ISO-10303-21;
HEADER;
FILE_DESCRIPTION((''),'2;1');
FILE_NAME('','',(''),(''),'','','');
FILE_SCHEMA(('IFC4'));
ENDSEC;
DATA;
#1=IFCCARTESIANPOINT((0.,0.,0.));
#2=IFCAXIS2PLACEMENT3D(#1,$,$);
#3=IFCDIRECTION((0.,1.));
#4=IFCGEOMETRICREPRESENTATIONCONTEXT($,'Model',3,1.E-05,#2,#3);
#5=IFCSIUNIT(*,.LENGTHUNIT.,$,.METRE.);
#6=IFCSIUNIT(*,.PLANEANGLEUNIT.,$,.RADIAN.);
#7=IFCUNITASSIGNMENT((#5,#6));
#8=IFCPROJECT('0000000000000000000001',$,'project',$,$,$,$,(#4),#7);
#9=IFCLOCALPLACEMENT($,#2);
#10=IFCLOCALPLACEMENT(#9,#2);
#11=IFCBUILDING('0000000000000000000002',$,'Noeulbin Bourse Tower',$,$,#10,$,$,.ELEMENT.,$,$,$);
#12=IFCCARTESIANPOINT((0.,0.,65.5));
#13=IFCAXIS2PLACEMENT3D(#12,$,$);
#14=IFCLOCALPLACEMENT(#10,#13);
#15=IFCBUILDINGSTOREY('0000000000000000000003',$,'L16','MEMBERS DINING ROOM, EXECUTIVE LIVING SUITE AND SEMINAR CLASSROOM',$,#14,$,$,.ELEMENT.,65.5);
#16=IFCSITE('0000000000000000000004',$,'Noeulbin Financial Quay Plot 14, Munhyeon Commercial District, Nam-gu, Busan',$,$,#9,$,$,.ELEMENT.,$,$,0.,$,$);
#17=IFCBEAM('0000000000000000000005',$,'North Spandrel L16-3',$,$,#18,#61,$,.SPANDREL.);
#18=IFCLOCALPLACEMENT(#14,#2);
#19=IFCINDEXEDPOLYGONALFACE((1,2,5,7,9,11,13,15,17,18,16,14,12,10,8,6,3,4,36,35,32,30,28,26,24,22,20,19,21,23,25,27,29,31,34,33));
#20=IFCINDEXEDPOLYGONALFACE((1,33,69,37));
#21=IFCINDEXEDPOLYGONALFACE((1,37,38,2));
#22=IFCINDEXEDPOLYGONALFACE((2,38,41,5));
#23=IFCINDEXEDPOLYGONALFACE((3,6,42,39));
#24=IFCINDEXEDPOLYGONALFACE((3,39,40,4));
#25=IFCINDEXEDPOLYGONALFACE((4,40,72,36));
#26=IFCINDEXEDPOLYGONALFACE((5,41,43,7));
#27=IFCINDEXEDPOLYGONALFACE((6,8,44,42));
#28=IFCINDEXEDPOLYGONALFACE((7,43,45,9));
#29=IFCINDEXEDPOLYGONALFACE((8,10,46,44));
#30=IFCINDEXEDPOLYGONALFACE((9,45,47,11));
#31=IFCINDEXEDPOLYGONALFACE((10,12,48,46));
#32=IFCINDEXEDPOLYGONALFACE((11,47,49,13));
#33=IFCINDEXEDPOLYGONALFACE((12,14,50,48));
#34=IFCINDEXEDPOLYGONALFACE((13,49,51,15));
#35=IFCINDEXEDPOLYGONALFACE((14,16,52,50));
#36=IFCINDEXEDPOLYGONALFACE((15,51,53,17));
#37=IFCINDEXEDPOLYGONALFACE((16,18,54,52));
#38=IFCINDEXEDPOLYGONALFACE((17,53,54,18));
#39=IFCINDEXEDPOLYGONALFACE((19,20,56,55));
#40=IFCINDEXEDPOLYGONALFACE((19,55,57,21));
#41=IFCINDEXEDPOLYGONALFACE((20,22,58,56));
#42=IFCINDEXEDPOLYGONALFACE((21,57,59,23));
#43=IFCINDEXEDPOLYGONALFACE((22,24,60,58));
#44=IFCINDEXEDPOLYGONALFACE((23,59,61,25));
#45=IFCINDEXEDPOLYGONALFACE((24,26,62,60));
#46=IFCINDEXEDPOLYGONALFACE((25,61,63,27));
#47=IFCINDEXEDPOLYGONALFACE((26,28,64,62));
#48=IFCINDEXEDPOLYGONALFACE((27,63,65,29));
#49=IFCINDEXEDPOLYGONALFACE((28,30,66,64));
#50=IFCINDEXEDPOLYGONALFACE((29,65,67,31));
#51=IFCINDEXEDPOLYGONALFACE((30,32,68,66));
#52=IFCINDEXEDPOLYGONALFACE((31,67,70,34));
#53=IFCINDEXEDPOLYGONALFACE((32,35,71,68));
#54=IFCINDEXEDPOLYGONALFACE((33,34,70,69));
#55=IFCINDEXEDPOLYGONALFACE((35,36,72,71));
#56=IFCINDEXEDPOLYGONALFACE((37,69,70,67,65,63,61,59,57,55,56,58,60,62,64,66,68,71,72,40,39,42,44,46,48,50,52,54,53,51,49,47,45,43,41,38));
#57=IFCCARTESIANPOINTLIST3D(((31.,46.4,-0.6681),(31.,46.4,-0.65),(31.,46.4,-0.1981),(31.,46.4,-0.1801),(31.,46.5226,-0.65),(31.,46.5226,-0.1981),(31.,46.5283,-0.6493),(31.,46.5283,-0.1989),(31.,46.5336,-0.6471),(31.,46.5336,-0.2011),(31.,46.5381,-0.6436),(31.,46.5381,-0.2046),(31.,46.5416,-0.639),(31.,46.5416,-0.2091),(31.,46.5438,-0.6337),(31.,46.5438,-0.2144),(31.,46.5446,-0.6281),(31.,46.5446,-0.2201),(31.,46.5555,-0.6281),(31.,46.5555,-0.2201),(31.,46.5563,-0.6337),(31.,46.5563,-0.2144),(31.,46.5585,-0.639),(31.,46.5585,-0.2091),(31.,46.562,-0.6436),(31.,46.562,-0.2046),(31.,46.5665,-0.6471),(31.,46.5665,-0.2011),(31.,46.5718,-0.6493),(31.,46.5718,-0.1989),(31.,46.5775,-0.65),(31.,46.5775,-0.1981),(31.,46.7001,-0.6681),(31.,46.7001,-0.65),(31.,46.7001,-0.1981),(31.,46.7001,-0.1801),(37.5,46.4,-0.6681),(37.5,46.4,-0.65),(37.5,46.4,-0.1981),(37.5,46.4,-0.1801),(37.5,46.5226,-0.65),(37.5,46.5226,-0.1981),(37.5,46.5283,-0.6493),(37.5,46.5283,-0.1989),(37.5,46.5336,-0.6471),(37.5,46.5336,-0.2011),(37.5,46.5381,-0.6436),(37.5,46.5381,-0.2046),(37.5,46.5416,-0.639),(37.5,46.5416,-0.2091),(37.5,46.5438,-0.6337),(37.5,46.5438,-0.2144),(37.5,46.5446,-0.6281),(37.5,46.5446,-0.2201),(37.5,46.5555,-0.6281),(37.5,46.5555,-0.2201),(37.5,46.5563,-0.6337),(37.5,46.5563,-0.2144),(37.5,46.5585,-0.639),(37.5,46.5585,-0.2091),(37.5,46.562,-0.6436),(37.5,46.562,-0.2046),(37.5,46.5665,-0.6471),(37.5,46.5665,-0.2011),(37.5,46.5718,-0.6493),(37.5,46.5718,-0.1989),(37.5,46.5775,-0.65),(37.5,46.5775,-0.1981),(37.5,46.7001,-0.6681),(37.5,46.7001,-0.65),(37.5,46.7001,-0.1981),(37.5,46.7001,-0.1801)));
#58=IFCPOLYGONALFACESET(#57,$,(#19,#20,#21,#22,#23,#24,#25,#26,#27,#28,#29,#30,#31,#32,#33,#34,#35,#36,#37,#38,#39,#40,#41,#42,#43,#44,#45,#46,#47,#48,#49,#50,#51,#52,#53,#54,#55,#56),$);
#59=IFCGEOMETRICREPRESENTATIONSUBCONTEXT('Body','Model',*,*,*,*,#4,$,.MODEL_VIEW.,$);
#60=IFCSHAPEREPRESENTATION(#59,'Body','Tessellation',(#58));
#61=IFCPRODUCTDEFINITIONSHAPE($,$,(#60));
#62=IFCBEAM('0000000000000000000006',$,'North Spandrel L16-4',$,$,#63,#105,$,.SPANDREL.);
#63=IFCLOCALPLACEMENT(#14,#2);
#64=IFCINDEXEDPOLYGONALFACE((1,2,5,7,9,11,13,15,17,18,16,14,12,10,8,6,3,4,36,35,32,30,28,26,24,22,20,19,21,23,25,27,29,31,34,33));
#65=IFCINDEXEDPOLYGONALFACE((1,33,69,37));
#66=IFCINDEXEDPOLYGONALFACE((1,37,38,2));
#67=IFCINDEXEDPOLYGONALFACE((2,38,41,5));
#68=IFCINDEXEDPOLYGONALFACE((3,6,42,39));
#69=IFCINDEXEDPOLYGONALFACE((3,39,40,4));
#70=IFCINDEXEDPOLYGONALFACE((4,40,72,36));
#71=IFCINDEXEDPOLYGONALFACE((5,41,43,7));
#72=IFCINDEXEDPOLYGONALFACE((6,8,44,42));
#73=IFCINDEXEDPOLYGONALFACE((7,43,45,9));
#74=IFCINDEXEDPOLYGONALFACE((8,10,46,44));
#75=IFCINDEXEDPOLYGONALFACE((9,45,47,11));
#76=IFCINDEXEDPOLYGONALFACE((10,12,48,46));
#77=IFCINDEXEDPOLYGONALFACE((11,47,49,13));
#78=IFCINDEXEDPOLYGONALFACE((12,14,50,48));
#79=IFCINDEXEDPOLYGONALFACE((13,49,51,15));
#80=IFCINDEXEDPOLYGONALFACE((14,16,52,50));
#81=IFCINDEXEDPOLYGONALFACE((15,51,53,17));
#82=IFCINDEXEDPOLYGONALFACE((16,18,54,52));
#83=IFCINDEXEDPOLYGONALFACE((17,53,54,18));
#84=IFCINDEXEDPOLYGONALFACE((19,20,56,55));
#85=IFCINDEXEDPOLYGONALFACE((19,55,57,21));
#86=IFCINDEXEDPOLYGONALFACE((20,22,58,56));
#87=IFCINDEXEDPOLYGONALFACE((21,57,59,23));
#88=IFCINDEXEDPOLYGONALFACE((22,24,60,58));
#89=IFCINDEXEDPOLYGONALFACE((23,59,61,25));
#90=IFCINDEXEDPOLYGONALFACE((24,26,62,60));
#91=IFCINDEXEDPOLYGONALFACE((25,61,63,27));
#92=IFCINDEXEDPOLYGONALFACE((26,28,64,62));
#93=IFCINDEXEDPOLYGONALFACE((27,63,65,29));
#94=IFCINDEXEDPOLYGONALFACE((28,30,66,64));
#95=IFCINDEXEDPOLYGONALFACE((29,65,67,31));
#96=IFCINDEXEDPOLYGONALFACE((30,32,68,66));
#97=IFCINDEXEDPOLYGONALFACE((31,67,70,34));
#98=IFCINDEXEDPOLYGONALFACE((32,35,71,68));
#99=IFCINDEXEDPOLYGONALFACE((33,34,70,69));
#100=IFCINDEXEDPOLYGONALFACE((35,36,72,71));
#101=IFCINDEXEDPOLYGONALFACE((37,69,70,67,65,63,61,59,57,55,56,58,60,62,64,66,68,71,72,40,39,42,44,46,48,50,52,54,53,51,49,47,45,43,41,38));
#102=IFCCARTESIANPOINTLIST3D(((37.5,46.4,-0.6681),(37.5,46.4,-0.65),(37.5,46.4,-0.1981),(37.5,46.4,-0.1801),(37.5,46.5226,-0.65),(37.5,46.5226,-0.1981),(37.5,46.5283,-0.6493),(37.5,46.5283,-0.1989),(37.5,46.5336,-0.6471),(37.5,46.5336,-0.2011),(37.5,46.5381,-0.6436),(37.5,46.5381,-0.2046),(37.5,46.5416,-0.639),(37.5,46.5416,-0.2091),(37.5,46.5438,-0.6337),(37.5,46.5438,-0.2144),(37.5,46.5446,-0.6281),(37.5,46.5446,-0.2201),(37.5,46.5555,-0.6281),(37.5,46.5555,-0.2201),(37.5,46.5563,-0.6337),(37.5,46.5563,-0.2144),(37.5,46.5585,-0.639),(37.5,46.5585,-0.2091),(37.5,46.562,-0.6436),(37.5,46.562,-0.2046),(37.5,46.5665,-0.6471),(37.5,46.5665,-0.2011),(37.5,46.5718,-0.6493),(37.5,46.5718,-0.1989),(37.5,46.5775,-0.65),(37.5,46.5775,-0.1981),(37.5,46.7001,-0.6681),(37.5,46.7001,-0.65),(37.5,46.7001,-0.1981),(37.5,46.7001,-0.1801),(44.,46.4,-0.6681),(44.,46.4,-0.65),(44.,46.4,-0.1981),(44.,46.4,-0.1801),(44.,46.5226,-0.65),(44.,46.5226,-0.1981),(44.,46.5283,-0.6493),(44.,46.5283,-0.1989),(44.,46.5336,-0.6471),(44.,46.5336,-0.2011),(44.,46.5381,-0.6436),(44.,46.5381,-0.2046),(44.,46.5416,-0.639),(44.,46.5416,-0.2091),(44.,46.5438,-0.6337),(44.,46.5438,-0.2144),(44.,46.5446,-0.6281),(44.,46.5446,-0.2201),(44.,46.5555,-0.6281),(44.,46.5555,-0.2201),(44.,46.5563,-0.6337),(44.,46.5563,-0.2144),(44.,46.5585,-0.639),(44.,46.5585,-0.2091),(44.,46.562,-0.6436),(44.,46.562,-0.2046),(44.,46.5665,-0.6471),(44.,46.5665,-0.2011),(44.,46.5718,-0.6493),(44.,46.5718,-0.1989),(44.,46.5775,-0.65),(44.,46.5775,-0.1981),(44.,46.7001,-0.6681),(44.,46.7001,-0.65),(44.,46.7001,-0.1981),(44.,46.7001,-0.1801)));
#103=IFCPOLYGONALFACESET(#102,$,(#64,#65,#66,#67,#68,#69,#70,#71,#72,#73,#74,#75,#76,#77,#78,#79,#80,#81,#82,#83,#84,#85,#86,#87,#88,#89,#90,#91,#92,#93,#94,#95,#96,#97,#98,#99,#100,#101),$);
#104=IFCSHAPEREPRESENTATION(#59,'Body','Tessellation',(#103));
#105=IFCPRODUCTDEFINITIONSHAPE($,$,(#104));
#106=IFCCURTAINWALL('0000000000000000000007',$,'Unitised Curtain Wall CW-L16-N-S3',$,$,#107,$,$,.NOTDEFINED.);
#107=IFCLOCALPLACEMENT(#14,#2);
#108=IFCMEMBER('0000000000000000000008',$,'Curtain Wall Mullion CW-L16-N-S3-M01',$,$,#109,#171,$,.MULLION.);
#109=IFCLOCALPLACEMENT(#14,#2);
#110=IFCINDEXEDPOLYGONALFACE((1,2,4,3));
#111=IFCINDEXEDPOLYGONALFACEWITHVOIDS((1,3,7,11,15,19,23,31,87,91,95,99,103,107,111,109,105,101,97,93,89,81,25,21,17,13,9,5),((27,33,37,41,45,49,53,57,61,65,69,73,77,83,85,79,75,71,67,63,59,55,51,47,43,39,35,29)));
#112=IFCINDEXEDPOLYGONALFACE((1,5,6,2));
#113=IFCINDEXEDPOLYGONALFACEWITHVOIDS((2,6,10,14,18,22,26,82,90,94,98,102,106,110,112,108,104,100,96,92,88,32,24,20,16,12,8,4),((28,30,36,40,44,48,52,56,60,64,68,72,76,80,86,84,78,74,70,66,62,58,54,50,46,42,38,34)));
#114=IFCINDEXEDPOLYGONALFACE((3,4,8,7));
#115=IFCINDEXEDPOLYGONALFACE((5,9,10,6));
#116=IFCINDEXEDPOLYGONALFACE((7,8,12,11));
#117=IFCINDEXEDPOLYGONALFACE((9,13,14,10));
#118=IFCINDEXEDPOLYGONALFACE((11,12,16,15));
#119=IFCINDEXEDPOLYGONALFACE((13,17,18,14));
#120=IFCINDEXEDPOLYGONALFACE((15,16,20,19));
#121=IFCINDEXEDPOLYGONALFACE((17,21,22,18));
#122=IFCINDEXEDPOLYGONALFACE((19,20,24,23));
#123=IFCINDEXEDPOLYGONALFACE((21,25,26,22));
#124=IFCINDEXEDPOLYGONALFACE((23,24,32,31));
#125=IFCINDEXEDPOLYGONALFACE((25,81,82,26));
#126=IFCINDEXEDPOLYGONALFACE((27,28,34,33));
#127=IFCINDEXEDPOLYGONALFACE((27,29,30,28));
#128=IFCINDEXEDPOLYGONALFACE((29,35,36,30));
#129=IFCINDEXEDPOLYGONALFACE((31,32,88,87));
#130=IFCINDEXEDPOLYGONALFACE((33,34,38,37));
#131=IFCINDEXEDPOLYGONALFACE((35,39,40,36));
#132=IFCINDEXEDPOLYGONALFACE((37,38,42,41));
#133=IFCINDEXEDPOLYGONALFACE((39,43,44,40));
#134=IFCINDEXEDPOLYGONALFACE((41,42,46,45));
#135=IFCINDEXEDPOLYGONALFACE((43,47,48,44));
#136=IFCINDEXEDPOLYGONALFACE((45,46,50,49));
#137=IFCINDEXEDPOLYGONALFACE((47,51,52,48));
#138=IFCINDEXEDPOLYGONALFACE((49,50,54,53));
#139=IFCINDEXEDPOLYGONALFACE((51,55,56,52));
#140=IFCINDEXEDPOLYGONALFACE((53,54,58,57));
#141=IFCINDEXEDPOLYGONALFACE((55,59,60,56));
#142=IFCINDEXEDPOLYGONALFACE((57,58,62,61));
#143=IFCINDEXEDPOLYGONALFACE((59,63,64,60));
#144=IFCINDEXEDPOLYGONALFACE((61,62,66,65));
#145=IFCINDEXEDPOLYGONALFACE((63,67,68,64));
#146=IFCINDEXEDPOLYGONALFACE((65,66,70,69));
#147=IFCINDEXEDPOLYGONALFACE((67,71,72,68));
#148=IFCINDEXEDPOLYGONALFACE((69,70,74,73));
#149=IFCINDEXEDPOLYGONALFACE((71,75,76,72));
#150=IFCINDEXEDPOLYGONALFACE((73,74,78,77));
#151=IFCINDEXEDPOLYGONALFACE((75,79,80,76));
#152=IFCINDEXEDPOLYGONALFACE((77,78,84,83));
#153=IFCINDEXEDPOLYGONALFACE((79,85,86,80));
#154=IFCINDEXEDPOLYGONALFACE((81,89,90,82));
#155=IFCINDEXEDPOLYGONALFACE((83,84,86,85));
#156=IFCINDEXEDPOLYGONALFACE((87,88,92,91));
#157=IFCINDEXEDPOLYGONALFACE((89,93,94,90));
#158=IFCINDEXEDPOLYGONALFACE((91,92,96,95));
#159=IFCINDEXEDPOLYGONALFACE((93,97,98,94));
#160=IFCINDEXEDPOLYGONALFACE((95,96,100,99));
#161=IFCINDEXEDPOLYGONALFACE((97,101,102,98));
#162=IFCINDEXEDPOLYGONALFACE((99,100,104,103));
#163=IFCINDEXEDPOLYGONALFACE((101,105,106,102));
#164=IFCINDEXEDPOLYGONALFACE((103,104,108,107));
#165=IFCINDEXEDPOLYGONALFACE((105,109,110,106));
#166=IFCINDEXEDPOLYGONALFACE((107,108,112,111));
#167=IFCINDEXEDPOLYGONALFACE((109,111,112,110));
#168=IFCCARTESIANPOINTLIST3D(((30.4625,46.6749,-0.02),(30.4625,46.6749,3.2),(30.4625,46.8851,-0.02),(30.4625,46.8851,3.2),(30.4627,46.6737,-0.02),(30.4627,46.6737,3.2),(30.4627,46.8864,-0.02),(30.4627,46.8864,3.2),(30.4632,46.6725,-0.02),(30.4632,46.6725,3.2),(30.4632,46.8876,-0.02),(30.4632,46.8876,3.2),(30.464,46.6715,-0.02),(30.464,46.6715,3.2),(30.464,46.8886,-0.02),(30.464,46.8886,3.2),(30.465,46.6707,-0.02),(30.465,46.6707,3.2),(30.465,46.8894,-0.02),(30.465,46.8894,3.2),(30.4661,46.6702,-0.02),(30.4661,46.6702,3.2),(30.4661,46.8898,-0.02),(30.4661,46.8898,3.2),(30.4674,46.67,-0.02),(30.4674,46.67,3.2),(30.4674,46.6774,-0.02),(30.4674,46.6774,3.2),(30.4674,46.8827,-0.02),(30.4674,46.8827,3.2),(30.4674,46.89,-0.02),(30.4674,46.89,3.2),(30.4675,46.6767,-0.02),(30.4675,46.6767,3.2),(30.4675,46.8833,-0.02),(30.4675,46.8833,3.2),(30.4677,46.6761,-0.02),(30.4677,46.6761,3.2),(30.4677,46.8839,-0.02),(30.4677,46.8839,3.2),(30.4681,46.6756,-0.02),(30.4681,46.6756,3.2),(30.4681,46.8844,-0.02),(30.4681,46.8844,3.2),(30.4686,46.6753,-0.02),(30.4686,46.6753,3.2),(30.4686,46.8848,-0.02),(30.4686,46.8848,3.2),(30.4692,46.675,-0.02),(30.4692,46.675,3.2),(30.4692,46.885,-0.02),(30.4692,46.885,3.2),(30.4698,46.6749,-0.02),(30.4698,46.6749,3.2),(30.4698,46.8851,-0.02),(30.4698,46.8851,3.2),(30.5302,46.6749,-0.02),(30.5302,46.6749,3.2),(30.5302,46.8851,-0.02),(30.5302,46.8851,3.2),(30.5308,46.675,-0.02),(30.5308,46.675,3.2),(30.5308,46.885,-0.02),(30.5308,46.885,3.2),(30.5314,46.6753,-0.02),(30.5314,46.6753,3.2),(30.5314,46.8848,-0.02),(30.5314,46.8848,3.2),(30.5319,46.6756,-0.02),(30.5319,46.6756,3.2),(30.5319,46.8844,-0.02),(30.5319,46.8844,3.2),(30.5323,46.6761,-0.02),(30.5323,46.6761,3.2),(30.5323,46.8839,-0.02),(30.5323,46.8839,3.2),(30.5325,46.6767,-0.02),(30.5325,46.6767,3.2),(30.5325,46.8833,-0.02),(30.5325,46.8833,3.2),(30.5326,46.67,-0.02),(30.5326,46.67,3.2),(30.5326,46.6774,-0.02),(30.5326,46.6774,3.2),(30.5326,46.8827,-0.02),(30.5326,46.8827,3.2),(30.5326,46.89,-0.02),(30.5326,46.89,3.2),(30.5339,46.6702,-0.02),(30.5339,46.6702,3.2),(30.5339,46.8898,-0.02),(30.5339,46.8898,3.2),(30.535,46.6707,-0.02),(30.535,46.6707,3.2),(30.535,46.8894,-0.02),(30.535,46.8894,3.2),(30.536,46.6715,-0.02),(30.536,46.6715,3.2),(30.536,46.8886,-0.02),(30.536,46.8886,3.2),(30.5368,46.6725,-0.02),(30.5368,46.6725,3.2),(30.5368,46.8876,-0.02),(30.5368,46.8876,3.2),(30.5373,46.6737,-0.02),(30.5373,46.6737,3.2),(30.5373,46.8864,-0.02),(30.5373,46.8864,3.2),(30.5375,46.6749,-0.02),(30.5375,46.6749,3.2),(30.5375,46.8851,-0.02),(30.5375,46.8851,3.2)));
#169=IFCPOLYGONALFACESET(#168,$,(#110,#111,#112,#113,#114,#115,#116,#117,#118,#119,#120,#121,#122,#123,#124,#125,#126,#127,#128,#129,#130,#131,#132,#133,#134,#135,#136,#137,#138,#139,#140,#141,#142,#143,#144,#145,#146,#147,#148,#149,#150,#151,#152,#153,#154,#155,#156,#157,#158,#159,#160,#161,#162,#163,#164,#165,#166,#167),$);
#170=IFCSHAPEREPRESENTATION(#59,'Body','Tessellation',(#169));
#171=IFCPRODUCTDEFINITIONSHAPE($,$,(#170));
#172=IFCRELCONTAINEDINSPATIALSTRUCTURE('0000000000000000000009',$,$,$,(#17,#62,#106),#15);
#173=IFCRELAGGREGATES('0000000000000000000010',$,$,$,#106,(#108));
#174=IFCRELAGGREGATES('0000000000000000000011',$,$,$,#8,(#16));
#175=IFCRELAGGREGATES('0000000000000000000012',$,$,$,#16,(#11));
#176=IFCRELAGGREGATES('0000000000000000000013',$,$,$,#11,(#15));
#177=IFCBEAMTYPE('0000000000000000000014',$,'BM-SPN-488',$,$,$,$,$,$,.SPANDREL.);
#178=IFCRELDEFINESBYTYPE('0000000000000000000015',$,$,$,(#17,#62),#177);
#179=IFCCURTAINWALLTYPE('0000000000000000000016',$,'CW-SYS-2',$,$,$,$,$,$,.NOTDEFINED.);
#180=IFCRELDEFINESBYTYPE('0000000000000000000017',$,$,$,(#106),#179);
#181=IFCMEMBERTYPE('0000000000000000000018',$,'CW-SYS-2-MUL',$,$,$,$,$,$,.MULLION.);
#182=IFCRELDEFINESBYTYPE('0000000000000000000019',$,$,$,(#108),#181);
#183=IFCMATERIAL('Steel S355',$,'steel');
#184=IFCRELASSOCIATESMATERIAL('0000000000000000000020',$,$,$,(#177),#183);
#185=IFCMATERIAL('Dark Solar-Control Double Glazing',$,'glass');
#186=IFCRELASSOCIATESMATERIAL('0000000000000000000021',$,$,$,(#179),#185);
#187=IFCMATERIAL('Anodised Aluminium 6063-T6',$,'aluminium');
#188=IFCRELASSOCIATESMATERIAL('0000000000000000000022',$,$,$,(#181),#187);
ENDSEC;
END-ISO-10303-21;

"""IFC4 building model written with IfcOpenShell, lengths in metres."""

from ifc_helpers import new_model, si_unit, direction, frame, origin, origin_2d, place, context, subcontext, project, spatial, hollow_rectangle, i_section, extrude, material, material_profile, profile_set, type_object, element, aggregate, save


model = new_model("IFC4")

# Units and contexts
model_context = context("Model", 3, precision=1e-05, world=origin(), true_north=direction((0.0, 1.0)))
body_context = subcontext(model_context, "Body", "Model", "MODEL_VIEW")
ifc_project = project(units=[si_unit("LENGTHUNIT", "METRE"), si_unit("PLANEANGLEUNIT", "RADIAN")], contexts=[model_context])

# Site, building, storey
site_placement = place(None, origin())
site = spatial("IfcSite", under=ifc_project, at=site_placement, Name="Noeulbin Financial Quay Plot 14, Munhyeon Commercial District, Nam-gu, Busan", CompositionType="ELEMENT", RefElevation=0.0)
building_placement = place(site_placement, origin())
building = spatial("IfcBuilding", under=site, at=building_placement, Name="Noeulbin Bourse Tower", CompositionType="ELEMENT")
storey_placement = place(building_placement, frame((0.0, 0.0, 65.5)))
storey = spatial("IfcBuildingStorey", under=building, at=storey_placement, Name="L16", Description="MEMBERS DINING ROOM, EXECUTIVE LIVING SUITE AND SEMINAR CLASSROOM", CompositionType="ELEMENT", Elevation=65.5)

# Beams
ifc_material_1 = material(Name="Steel S355", Category="steel")
ifc_material_profile_1 = material_profile(ifc_material_1, i_section(OverallWidth=0.3, OverallDepth=0.488, WebThickness=0.011, FlangeThickness=0.0181, FilletRadius=0.022, at=origin_2d()), Name="H-488x300x11x18", Category="LoadBearing")
ifc_profile_set_1 = profile_set([ifc_material_profile_1], Name="Steel S355")
beam_type_1 = type_object("IfcBeamType", Name="BM-SPN-488", PredefinedType="SPANDREL", material=ifc_profile_set_1)
for number, where, z_axis, x_axis, name in (
    (1, (31.0, 46.55, -0.4241), (1.0, 0.0, 0.0), (0.0, 1.0, 0.0), "North Spandrel L16-3"),
    (2, (37.5, 46.55, -0.4241), (1.0, 0.0, 0.0), (0.0, 1.0, 0.0), "North Spandrel L16-4"),
):
    element("IfcBeam", number, at=place(storey_placement, frame(where, z_axis=z_axis, x_axis=x_axis)), inside=storey, type_object=beam_type_1, Name=name, PredefinedType="SPANDREL", context=body_context, shape_type="SweptSolid", body=[
        extrude(i_section(OverallWidth=0.3, OverallDepth=0.488, WebThickness=0.011, FlangeThickness=0.0181, FilletRadius=0.022, at=origin_2d()), origin(), (0.0, 0.0, 1.0), 6.5),
    ])

# Curtain wall, member
ifc_material_2 = material(Name="Dark Solar-Control Double Glazing", Category="glass")
curtain_wall_type = type_object("IfcCurtainWallType", Name="CW-SYS-2", PredefinedType="NOTDEFINED", material=ifc_material_2)
curtain_wall_1_placement = place(storey_placement, origin())
curtain_wall_1 = element("IfcCurtainWall", 3, at=curtain_wall_1_placement, inside=storey, type_object=curtain_wall_type, Name="Unitised Curtain Wall CW-L16-N-S3", PredefinedType="NOTDEFINED")
ifc_material_3 = material(Name="Anodised Aluminium 6063-T6", Category="aluminium")
ifc_material_profile_2 = material_profile(ifc_material_3, hollow_rectangle(XDim=0.075, YDim=0.22, WallThickness=0.0049, InnerFilletRadius=0.0024, OuterFilletRadius=0.0049, at=origin_2d()), Name="ALU-MULL-75x220x5", Category="LoadBearing")
ifc_profile_set_2 = profile_set([ifc_material_profile_2], Name="Anodised Aluminium 6063-T6")
member_type_1 = type_object("IfcMemberType", Name="CW-SYS-2-MUL", PredefinedType="MULLION", material=ifc_profile_set_2)
member_1_placement = place(storey_placement, frame((30.5, 46.78, -0.02), z_axis=(0.0, 0.0, 1.0), x_axis=(1.0, 0.0, 0.0)))
member_1 = element("IfcMember", 4, at=member_1_placement, type_object=member_type_1, Name="Curtain Wall Mullion CW-L16-N-S3-M01", PredefinedType="MULLION", context=body_context, shape_type="SweptSolid", body=[
    extrude(hollow_rectangle(XDim=0.075, YDim=0.22, WallThickness=0.0049, InnerFilletRadius=0.0024, OuterFilletRadius=0.0049, at=origin_2d()), origin(), (0.0, 0.0, 1.0), 3.22),
])
aggregate(curtain_wall_1, [member_1])

save(model, "model.ifc")
